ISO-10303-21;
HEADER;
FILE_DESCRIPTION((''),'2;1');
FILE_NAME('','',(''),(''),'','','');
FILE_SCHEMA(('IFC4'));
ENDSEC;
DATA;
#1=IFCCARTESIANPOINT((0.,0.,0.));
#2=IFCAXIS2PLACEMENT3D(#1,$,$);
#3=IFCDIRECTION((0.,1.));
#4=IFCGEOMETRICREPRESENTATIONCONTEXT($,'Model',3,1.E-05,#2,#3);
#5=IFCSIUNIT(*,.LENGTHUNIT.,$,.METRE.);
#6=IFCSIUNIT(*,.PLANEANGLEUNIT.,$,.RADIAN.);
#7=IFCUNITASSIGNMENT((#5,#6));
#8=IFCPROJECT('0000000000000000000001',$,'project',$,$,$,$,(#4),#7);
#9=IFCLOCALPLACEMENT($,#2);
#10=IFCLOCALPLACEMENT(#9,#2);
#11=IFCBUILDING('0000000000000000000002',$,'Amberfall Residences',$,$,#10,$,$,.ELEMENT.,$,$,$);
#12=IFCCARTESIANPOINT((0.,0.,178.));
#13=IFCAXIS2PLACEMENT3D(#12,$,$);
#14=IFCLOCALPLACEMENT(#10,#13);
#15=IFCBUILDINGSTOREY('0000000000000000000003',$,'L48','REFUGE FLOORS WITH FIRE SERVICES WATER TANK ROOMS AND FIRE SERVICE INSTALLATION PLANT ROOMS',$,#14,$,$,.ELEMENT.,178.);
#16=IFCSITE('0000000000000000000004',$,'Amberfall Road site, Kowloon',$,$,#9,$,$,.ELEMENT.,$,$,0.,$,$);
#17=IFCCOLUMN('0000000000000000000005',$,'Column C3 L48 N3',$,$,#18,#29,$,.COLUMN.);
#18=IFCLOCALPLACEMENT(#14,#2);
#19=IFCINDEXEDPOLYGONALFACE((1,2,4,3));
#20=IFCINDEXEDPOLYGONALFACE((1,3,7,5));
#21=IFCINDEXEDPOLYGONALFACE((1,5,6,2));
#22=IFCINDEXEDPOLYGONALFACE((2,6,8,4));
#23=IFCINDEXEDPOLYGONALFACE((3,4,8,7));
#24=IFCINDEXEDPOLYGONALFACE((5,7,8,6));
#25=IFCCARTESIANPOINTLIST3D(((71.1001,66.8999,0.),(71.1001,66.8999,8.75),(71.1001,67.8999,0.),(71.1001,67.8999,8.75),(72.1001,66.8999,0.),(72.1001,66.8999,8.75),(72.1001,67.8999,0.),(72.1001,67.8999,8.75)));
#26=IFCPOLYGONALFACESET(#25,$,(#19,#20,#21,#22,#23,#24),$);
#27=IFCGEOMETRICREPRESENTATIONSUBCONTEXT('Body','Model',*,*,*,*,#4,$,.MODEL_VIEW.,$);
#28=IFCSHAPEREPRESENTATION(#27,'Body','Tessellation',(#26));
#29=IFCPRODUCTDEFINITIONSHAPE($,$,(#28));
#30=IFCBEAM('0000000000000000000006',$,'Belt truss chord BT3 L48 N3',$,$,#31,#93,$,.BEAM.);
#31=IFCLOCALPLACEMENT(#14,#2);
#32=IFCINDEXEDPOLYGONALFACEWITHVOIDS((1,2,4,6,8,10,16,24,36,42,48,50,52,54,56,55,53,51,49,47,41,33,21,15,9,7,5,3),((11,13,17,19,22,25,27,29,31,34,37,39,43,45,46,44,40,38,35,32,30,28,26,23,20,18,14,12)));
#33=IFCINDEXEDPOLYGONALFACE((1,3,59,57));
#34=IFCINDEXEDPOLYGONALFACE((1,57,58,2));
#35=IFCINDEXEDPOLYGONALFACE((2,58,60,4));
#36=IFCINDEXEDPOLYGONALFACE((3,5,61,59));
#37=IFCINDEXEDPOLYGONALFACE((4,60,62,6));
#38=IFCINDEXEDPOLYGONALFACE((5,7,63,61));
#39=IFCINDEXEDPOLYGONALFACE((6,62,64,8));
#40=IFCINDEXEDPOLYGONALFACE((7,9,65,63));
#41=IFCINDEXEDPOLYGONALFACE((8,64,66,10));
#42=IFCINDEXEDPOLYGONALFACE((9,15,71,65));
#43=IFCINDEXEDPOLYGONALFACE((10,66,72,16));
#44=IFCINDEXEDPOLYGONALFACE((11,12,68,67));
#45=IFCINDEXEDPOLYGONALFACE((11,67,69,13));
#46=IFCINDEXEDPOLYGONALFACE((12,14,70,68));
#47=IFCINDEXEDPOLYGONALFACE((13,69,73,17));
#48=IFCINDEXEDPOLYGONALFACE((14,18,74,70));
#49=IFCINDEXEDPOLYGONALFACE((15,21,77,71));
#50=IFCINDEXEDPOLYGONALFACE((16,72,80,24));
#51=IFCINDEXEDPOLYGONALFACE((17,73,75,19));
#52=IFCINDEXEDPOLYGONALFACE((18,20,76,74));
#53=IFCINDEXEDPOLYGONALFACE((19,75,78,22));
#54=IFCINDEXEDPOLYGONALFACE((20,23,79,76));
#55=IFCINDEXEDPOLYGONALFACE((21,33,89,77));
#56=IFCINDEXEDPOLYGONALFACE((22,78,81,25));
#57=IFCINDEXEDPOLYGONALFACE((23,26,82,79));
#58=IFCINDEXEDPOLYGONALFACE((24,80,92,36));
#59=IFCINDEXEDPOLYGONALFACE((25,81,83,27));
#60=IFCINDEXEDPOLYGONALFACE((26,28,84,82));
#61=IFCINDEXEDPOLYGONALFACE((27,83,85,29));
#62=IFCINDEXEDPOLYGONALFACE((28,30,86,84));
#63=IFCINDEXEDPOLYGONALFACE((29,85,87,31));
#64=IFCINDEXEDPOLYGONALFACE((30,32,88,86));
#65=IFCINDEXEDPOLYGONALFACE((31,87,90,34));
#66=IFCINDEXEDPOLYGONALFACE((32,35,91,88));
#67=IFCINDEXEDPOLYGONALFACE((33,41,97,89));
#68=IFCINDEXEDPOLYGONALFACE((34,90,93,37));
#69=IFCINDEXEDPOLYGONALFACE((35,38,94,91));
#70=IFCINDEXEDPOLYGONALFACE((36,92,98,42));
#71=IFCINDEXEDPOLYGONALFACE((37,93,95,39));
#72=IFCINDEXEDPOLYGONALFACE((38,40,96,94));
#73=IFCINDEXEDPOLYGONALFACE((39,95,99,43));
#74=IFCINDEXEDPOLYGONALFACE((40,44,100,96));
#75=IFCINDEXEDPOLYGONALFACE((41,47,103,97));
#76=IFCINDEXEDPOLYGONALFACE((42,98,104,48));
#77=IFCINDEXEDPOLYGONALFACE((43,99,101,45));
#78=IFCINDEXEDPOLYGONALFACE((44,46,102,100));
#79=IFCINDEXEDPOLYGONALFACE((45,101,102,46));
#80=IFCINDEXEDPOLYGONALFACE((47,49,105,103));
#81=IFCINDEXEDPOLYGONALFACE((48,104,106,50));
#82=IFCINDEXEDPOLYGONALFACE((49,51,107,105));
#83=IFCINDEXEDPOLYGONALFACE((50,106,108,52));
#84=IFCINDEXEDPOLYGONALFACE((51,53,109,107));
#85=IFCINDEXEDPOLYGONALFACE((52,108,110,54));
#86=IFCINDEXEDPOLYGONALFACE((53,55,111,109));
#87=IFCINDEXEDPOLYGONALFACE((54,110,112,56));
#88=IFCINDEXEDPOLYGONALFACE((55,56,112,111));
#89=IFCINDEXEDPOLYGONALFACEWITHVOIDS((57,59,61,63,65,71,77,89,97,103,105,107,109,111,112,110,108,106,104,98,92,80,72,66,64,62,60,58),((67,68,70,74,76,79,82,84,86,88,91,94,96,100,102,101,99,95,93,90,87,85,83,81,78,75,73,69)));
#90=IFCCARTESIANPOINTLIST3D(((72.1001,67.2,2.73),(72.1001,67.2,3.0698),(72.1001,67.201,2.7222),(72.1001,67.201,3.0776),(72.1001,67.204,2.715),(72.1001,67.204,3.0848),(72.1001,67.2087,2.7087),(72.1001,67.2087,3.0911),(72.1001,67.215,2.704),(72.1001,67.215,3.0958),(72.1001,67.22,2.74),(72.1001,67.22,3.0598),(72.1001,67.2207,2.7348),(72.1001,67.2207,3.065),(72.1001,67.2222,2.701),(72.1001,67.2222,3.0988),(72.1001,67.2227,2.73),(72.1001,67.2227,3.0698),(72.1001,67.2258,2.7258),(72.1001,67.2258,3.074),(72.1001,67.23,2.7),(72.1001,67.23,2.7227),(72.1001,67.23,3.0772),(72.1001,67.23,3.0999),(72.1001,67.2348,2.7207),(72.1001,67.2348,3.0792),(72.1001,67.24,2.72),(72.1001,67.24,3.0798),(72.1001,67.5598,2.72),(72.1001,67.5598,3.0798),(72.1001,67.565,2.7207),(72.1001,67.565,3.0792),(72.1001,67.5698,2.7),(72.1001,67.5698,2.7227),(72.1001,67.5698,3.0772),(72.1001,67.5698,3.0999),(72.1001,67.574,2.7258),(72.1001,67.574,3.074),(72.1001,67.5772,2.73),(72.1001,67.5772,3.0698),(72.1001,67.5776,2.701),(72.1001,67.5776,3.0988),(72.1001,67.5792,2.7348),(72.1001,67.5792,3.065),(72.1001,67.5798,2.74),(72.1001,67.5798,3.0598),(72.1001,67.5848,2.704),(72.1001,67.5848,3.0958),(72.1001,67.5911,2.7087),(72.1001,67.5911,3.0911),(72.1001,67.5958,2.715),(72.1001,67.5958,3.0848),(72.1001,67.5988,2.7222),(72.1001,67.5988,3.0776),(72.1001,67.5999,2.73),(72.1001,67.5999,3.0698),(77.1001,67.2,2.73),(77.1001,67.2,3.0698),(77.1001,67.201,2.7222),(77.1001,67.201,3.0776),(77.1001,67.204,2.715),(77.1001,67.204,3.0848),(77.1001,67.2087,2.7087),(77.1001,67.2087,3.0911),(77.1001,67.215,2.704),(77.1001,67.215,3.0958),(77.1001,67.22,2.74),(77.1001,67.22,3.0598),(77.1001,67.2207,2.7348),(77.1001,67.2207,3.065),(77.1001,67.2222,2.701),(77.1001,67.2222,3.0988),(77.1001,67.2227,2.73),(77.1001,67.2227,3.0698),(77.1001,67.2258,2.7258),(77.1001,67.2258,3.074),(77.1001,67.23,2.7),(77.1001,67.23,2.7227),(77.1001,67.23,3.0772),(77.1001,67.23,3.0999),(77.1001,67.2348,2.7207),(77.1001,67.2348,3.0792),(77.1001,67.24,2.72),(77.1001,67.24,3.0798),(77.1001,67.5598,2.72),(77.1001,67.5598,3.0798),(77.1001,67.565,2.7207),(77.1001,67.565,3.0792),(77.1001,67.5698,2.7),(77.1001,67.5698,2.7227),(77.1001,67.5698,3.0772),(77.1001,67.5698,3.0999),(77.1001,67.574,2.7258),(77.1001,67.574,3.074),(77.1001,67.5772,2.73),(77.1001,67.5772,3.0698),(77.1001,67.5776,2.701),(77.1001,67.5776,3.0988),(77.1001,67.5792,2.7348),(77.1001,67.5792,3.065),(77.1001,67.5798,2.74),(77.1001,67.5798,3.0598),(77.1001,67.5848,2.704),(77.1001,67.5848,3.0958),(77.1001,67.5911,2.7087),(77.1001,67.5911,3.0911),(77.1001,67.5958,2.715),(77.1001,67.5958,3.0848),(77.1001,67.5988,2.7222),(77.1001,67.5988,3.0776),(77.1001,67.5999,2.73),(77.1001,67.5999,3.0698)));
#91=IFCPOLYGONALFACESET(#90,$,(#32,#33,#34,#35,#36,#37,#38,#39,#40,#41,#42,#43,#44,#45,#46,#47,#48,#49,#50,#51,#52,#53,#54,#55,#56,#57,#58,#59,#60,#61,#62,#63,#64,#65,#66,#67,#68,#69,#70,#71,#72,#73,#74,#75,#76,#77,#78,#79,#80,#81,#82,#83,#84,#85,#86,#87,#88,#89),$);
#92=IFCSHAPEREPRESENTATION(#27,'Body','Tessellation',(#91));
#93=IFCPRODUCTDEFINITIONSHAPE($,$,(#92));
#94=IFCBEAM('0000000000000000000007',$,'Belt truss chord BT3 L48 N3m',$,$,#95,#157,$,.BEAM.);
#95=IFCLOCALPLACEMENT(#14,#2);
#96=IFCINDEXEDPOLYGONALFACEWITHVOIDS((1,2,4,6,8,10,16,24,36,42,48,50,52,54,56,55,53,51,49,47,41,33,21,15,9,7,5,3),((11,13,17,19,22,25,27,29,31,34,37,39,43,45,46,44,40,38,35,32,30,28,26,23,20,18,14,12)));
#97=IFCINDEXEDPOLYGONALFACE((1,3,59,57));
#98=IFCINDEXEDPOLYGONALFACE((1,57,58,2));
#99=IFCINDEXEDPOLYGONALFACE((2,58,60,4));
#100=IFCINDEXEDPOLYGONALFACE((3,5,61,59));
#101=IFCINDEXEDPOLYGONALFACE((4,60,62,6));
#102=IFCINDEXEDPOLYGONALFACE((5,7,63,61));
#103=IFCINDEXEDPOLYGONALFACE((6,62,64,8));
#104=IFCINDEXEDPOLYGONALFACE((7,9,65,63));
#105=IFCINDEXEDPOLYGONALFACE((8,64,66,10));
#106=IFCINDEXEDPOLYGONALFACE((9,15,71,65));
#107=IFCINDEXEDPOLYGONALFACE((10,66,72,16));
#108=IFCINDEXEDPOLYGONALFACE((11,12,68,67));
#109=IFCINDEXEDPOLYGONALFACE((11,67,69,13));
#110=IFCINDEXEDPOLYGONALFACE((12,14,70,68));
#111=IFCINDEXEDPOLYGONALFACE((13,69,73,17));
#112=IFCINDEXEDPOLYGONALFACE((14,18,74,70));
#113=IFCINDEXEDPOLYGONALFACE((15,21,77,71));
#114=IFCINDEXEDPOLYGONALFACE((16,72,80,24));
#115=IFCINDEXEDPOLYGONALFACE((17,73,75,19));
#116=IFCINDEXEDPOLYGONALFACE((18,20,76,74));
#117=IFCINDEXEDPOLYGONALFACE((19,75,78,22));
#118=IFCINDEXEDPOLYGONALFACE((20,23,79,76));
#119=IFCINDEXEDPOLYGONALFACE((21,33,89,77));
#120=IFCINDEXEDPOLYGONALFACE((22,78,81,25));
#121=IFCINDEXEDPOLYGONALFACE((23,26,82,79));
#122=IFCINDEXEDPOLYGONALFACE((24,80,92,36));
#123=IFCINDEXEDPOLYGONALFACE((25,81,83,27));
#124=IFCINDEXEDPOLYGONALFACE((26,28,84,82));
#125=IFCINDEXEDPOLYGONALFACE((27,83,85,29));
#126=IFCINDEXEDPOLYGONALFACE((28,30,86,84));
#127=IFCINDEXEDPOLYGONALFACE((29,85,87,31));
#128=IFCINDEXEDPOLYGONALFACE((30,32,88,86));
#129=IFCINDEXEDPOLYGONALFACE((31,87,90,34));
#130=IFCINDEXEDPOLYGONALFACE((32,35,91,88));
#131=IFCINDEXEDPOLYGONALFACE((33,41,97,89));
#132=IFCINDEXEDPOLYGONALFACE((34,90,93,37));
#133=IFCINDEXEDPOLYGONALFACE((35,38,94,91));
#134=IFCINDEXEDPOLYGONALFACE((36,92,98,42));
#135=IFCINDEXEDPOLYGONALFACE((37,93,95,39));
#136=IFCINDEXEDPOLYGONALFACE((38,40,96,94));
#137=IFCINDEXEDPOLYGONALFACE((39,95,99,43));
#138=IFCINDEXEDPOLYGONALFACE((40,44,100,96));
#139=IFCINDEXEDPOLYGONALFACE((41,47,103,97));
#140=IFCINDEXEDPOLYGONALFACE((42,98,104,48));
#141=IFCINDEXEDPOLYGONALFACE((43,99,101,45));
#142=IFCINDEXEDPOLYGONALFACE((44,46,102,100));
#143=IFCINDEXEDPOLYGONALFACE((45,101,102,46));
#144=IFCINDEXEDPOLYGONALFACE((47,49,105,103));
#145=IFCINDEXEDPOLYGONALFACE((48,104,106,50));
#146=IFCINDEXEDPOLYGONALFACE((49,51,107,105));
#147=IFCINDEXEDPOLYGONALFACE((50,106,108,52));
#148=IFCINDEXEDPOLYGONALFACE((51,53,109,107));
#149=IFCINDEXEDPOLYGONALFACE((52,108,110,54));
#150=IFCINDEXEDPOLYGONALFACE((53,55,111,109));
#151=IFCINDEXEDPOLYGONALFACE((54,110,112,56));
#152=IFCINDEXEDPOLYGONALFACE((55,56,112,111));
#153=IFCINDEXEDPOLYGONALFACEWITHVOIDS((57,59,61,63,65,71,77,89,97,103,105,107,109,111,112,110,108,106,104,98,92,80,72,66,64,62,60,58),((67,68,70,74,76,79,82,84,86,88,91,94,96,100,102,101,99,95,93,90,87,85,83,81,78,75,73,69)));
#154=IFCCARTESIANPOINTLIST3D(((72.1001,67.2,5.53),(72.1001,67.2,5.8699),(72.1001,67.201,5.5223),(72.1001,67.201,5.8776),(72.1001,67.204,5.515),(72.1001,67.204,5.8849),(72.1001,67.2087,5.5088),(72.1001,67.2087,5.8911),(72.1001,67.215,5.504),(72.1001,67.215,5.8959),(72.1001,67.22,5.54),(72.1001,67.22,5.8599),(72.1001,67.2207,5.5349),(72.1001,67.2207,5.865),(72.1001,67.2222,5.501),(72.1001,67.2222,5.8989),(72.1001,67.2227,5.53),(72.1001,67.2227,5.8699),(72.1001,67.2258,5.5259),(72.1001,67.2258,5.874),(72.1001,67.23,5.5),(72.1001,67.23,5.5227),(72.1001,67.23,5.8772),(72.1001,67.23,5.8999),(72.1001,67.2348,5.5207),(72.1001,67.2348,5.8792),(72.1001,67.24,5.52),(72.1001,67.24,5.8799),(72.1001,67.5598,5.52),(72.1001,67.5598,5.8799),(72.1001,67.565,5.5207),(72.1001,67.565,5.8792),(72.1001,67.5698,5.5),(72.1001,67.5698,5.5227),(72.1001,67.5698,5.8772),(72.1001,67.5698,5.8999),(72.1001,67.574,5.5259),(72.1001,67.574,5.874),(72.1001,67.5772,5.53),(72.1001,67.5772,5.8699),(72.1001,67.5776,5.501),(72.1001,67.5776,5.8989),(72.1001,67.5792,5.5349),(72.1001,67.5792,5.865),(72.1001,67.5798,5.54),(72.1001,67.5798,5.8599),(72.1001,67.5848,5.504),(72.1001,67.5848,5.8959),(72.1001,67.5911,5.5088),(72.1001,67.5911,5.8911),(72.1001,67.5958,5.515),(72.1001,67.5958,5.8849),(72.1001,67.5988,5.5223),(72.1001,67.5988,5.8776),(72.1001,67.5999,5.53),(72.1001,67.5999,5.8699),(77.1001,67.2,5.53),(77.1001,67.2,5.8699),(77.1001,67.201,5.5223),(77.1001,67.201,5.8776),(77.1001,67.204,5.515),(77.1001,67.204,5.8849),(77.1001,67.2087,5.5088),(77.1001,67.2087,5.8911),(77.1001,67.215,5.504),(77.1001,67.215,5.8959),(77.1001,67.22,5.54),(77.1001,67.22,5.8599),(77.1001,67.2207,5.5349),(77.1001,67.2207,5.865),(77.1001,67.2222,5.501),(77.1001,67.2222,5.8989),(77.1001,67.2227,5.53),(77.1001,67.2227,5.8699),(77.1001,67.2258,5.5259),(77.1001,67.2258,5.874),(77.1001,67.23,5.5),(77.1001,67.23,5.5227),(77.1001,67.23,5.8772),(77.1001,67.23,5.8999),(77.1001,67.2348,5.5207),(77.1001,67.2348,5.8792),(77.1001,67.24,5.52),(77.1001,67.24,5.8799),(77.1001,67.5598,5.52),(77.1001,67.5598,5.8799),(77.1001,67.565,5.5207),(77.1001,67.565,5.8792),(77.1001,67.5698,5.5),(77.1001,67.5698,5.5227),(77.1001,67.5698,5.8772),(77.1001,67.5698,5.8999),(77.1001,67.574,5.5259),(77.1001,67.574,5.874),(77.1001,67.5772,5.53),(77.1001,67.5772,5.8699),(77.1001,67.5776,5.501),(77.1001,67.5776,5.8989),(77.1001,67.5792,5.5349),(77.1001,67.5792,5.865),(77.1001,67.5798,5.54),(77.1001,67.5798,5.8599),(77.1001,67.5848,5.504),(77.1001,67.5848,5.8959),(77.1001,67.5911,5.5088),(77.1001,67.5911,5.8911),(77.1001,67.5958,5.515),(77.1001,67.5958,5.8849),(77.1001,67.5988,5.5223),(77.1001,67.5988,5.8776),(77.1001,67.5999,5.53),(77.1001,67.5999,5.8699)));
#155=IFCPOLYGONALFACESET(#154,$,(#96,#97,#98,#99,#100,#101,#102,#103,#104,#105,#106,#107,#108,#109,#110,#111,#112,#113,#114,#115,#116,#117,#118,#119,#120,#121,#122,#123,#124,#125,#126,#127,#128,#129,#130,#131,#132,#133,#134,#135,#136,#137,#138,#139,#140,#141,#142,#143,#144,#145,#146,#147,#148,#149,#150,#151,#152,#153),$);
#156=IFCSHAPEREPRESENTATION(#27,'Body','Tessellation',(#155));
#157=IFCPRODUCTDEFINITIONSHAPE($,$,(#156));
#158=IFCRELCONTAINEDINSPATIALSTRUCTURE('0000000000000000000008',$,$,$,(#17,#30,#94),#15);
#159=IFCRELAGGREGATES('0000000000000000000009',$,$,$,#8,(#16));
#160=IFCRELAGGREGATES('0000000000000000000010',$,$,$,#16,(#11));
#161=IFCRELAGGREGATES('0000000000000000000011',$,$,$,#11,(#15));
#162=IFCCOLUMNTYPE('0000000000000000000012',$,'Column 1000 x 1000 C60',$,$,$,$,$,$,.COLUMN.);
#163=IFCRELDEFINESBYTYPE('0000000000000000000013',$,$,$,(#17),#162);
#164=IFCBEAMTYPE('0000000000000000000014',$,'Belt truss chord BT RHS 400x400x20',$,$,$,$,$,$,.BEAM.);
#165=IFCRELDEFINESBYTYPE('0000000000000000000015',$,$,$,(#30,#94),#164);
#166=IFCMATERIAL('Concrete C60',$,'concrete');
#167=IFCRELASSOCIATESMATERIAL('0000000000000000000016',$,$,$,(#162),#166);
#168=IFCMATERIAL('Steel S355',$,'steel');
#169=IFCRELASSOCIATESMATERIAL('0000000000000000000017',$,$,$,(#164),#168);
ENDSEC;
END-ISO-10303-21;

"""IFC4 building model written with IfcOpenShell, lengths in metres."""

from ifc_helpers import new_model, si_unit, direction, frame, origin, origin_2d, place, context, subcontext, project, spatial, rectangle, hollow_rectangle, extrude, material, material_profile, profile_set, type_object, element, save


model = new_model("IFC4")

# Units and contexts
model_context = context("Model", 3, precision=1e-05, world=origin(), true_north=direction((0.0, 1.0)))
body_context = subcontext(model_context, "Body", "Model", "MODEL_VIEW")
ifc_project = project(units=[si_unit("LENGTHUNIT", "METRE"), si_unit("PLANEANGLEUNIT", "RADIAN")], contexts=[model_context])

# Site, building, storey
site_placement = place(None, origin())
site = spatial("IfcSite", under=ifc_project, at=site_placement, Name="Amberfall Road site, Kowloon", CompositionType="ELEMENT", RefElevation=0.0)
building_placement = place(site_placement, origin())
building = spatial("IfcBuilding", under=site, at=building_placement, Name="Amberfall Residences", CompositionType="ELEMENT")
storey_placement = place(building_placement, frame((0.0, 0.0, 178.0)))
storey = spatial("IfcBuildingStorey", under=building, at=storey_placement, Name="L48", Description="REFUGE FLOORS WITH FIRE SERVICES WATER TANK ROOMS AND FIRE SERVICE INSTALLATION PLANT ROOMS", CompositionType="ELEMENT", Elevation=178.0)

# Column
ifc_material_1 = material(Name="Concrete C60", Category="concrete")
ifc_material_profile_1 = material_profile(ifc_material_1, rectangle(XDim=1.0, YDim=1.0, at=origin_2d()), Name="Column 1000 x 1000 C60")
ifc_profile_set_1 = profile_set([ifc_material_profile_1], Name="Concrete C60")
column_type = type_object("IfcColumnType", Name="Column 1000 x 1000 C60", PredefinedType="COLUMN", material=ifc_profile_set_1)
column_placement = place(storey_placement, frame((71.6001, 67.3999, 0.0), z_axis=(0.0, 0.0, 1.0), x_axis=(1.0, 0.0, 0.0)))
element("IfcColumn", 1, at=column_placement, inside=storey, type_object=column_type, Name="Column C3 L48 N3", PredefinedType="COLUMN", context=body_context, shape_type="SweptSolid", body=[
    extrude(rectangle(XDim=1.0, YDim=1.0, at=origin_2d()), origin(), (0.0, 0.0, 1.0), 8.75),
])

# Beams
ifc_material_2 = material(Name="Steel S355", Category="steel")
ifc_material_profile_2 = material_profile(ifc_material_2, hollow_rectangle(XDim=0.3999, YDim=0.3999, WallThickness=0.02, InnerFilletRadius=0.02, OuterFilletRadius=0.03, at=origin_2d()), Name="RHS 400x400x20")
ifc_profile_set_2 = profile_set([ifc_material_profile_2], Name="Steel S355")
beam_type_1 = type_object("IfcBeamType", Name="Belt truss chord BT RHS 400x400x20", PredefinedType="BEAM", material=ifc_profile_set_2)
for number, where, z_axis, x_axis, name in (
    (2, (72.1001, 67.3999, 2.8999), (1.0, 0.0, 0.0), (0.0, 1.0, 0.0), "Belt truss chord BT3 L48 N3"),
    (3, (72.1001, 67.3999, 5.7), (1.0, 0.0, 0.0), (0.0, 1.0, 0.0), "Belt truss chord BT3 L48 N3m"),
):
    element("IfcBeam", number, at=place(storey_placement, frame(where, z_axis=z_axis, x_axis=x_axis)), inside=storey, type_object=beam_type_1, Name=name, PredefinedType="BEAM", context=body_context, shape_type="SweptSolid", body=[
        extrude(hollow_rectangle(XDim=0.3999, YDim=0.3999, WallThickness=0.02, InnerFilletRadius=0.02, OuterFilletRadius=0.03, at=origin_2d()), origin(), (0.0, 0.0, 1.0), 5.0),
    ])

save(model, "model.ifc")
